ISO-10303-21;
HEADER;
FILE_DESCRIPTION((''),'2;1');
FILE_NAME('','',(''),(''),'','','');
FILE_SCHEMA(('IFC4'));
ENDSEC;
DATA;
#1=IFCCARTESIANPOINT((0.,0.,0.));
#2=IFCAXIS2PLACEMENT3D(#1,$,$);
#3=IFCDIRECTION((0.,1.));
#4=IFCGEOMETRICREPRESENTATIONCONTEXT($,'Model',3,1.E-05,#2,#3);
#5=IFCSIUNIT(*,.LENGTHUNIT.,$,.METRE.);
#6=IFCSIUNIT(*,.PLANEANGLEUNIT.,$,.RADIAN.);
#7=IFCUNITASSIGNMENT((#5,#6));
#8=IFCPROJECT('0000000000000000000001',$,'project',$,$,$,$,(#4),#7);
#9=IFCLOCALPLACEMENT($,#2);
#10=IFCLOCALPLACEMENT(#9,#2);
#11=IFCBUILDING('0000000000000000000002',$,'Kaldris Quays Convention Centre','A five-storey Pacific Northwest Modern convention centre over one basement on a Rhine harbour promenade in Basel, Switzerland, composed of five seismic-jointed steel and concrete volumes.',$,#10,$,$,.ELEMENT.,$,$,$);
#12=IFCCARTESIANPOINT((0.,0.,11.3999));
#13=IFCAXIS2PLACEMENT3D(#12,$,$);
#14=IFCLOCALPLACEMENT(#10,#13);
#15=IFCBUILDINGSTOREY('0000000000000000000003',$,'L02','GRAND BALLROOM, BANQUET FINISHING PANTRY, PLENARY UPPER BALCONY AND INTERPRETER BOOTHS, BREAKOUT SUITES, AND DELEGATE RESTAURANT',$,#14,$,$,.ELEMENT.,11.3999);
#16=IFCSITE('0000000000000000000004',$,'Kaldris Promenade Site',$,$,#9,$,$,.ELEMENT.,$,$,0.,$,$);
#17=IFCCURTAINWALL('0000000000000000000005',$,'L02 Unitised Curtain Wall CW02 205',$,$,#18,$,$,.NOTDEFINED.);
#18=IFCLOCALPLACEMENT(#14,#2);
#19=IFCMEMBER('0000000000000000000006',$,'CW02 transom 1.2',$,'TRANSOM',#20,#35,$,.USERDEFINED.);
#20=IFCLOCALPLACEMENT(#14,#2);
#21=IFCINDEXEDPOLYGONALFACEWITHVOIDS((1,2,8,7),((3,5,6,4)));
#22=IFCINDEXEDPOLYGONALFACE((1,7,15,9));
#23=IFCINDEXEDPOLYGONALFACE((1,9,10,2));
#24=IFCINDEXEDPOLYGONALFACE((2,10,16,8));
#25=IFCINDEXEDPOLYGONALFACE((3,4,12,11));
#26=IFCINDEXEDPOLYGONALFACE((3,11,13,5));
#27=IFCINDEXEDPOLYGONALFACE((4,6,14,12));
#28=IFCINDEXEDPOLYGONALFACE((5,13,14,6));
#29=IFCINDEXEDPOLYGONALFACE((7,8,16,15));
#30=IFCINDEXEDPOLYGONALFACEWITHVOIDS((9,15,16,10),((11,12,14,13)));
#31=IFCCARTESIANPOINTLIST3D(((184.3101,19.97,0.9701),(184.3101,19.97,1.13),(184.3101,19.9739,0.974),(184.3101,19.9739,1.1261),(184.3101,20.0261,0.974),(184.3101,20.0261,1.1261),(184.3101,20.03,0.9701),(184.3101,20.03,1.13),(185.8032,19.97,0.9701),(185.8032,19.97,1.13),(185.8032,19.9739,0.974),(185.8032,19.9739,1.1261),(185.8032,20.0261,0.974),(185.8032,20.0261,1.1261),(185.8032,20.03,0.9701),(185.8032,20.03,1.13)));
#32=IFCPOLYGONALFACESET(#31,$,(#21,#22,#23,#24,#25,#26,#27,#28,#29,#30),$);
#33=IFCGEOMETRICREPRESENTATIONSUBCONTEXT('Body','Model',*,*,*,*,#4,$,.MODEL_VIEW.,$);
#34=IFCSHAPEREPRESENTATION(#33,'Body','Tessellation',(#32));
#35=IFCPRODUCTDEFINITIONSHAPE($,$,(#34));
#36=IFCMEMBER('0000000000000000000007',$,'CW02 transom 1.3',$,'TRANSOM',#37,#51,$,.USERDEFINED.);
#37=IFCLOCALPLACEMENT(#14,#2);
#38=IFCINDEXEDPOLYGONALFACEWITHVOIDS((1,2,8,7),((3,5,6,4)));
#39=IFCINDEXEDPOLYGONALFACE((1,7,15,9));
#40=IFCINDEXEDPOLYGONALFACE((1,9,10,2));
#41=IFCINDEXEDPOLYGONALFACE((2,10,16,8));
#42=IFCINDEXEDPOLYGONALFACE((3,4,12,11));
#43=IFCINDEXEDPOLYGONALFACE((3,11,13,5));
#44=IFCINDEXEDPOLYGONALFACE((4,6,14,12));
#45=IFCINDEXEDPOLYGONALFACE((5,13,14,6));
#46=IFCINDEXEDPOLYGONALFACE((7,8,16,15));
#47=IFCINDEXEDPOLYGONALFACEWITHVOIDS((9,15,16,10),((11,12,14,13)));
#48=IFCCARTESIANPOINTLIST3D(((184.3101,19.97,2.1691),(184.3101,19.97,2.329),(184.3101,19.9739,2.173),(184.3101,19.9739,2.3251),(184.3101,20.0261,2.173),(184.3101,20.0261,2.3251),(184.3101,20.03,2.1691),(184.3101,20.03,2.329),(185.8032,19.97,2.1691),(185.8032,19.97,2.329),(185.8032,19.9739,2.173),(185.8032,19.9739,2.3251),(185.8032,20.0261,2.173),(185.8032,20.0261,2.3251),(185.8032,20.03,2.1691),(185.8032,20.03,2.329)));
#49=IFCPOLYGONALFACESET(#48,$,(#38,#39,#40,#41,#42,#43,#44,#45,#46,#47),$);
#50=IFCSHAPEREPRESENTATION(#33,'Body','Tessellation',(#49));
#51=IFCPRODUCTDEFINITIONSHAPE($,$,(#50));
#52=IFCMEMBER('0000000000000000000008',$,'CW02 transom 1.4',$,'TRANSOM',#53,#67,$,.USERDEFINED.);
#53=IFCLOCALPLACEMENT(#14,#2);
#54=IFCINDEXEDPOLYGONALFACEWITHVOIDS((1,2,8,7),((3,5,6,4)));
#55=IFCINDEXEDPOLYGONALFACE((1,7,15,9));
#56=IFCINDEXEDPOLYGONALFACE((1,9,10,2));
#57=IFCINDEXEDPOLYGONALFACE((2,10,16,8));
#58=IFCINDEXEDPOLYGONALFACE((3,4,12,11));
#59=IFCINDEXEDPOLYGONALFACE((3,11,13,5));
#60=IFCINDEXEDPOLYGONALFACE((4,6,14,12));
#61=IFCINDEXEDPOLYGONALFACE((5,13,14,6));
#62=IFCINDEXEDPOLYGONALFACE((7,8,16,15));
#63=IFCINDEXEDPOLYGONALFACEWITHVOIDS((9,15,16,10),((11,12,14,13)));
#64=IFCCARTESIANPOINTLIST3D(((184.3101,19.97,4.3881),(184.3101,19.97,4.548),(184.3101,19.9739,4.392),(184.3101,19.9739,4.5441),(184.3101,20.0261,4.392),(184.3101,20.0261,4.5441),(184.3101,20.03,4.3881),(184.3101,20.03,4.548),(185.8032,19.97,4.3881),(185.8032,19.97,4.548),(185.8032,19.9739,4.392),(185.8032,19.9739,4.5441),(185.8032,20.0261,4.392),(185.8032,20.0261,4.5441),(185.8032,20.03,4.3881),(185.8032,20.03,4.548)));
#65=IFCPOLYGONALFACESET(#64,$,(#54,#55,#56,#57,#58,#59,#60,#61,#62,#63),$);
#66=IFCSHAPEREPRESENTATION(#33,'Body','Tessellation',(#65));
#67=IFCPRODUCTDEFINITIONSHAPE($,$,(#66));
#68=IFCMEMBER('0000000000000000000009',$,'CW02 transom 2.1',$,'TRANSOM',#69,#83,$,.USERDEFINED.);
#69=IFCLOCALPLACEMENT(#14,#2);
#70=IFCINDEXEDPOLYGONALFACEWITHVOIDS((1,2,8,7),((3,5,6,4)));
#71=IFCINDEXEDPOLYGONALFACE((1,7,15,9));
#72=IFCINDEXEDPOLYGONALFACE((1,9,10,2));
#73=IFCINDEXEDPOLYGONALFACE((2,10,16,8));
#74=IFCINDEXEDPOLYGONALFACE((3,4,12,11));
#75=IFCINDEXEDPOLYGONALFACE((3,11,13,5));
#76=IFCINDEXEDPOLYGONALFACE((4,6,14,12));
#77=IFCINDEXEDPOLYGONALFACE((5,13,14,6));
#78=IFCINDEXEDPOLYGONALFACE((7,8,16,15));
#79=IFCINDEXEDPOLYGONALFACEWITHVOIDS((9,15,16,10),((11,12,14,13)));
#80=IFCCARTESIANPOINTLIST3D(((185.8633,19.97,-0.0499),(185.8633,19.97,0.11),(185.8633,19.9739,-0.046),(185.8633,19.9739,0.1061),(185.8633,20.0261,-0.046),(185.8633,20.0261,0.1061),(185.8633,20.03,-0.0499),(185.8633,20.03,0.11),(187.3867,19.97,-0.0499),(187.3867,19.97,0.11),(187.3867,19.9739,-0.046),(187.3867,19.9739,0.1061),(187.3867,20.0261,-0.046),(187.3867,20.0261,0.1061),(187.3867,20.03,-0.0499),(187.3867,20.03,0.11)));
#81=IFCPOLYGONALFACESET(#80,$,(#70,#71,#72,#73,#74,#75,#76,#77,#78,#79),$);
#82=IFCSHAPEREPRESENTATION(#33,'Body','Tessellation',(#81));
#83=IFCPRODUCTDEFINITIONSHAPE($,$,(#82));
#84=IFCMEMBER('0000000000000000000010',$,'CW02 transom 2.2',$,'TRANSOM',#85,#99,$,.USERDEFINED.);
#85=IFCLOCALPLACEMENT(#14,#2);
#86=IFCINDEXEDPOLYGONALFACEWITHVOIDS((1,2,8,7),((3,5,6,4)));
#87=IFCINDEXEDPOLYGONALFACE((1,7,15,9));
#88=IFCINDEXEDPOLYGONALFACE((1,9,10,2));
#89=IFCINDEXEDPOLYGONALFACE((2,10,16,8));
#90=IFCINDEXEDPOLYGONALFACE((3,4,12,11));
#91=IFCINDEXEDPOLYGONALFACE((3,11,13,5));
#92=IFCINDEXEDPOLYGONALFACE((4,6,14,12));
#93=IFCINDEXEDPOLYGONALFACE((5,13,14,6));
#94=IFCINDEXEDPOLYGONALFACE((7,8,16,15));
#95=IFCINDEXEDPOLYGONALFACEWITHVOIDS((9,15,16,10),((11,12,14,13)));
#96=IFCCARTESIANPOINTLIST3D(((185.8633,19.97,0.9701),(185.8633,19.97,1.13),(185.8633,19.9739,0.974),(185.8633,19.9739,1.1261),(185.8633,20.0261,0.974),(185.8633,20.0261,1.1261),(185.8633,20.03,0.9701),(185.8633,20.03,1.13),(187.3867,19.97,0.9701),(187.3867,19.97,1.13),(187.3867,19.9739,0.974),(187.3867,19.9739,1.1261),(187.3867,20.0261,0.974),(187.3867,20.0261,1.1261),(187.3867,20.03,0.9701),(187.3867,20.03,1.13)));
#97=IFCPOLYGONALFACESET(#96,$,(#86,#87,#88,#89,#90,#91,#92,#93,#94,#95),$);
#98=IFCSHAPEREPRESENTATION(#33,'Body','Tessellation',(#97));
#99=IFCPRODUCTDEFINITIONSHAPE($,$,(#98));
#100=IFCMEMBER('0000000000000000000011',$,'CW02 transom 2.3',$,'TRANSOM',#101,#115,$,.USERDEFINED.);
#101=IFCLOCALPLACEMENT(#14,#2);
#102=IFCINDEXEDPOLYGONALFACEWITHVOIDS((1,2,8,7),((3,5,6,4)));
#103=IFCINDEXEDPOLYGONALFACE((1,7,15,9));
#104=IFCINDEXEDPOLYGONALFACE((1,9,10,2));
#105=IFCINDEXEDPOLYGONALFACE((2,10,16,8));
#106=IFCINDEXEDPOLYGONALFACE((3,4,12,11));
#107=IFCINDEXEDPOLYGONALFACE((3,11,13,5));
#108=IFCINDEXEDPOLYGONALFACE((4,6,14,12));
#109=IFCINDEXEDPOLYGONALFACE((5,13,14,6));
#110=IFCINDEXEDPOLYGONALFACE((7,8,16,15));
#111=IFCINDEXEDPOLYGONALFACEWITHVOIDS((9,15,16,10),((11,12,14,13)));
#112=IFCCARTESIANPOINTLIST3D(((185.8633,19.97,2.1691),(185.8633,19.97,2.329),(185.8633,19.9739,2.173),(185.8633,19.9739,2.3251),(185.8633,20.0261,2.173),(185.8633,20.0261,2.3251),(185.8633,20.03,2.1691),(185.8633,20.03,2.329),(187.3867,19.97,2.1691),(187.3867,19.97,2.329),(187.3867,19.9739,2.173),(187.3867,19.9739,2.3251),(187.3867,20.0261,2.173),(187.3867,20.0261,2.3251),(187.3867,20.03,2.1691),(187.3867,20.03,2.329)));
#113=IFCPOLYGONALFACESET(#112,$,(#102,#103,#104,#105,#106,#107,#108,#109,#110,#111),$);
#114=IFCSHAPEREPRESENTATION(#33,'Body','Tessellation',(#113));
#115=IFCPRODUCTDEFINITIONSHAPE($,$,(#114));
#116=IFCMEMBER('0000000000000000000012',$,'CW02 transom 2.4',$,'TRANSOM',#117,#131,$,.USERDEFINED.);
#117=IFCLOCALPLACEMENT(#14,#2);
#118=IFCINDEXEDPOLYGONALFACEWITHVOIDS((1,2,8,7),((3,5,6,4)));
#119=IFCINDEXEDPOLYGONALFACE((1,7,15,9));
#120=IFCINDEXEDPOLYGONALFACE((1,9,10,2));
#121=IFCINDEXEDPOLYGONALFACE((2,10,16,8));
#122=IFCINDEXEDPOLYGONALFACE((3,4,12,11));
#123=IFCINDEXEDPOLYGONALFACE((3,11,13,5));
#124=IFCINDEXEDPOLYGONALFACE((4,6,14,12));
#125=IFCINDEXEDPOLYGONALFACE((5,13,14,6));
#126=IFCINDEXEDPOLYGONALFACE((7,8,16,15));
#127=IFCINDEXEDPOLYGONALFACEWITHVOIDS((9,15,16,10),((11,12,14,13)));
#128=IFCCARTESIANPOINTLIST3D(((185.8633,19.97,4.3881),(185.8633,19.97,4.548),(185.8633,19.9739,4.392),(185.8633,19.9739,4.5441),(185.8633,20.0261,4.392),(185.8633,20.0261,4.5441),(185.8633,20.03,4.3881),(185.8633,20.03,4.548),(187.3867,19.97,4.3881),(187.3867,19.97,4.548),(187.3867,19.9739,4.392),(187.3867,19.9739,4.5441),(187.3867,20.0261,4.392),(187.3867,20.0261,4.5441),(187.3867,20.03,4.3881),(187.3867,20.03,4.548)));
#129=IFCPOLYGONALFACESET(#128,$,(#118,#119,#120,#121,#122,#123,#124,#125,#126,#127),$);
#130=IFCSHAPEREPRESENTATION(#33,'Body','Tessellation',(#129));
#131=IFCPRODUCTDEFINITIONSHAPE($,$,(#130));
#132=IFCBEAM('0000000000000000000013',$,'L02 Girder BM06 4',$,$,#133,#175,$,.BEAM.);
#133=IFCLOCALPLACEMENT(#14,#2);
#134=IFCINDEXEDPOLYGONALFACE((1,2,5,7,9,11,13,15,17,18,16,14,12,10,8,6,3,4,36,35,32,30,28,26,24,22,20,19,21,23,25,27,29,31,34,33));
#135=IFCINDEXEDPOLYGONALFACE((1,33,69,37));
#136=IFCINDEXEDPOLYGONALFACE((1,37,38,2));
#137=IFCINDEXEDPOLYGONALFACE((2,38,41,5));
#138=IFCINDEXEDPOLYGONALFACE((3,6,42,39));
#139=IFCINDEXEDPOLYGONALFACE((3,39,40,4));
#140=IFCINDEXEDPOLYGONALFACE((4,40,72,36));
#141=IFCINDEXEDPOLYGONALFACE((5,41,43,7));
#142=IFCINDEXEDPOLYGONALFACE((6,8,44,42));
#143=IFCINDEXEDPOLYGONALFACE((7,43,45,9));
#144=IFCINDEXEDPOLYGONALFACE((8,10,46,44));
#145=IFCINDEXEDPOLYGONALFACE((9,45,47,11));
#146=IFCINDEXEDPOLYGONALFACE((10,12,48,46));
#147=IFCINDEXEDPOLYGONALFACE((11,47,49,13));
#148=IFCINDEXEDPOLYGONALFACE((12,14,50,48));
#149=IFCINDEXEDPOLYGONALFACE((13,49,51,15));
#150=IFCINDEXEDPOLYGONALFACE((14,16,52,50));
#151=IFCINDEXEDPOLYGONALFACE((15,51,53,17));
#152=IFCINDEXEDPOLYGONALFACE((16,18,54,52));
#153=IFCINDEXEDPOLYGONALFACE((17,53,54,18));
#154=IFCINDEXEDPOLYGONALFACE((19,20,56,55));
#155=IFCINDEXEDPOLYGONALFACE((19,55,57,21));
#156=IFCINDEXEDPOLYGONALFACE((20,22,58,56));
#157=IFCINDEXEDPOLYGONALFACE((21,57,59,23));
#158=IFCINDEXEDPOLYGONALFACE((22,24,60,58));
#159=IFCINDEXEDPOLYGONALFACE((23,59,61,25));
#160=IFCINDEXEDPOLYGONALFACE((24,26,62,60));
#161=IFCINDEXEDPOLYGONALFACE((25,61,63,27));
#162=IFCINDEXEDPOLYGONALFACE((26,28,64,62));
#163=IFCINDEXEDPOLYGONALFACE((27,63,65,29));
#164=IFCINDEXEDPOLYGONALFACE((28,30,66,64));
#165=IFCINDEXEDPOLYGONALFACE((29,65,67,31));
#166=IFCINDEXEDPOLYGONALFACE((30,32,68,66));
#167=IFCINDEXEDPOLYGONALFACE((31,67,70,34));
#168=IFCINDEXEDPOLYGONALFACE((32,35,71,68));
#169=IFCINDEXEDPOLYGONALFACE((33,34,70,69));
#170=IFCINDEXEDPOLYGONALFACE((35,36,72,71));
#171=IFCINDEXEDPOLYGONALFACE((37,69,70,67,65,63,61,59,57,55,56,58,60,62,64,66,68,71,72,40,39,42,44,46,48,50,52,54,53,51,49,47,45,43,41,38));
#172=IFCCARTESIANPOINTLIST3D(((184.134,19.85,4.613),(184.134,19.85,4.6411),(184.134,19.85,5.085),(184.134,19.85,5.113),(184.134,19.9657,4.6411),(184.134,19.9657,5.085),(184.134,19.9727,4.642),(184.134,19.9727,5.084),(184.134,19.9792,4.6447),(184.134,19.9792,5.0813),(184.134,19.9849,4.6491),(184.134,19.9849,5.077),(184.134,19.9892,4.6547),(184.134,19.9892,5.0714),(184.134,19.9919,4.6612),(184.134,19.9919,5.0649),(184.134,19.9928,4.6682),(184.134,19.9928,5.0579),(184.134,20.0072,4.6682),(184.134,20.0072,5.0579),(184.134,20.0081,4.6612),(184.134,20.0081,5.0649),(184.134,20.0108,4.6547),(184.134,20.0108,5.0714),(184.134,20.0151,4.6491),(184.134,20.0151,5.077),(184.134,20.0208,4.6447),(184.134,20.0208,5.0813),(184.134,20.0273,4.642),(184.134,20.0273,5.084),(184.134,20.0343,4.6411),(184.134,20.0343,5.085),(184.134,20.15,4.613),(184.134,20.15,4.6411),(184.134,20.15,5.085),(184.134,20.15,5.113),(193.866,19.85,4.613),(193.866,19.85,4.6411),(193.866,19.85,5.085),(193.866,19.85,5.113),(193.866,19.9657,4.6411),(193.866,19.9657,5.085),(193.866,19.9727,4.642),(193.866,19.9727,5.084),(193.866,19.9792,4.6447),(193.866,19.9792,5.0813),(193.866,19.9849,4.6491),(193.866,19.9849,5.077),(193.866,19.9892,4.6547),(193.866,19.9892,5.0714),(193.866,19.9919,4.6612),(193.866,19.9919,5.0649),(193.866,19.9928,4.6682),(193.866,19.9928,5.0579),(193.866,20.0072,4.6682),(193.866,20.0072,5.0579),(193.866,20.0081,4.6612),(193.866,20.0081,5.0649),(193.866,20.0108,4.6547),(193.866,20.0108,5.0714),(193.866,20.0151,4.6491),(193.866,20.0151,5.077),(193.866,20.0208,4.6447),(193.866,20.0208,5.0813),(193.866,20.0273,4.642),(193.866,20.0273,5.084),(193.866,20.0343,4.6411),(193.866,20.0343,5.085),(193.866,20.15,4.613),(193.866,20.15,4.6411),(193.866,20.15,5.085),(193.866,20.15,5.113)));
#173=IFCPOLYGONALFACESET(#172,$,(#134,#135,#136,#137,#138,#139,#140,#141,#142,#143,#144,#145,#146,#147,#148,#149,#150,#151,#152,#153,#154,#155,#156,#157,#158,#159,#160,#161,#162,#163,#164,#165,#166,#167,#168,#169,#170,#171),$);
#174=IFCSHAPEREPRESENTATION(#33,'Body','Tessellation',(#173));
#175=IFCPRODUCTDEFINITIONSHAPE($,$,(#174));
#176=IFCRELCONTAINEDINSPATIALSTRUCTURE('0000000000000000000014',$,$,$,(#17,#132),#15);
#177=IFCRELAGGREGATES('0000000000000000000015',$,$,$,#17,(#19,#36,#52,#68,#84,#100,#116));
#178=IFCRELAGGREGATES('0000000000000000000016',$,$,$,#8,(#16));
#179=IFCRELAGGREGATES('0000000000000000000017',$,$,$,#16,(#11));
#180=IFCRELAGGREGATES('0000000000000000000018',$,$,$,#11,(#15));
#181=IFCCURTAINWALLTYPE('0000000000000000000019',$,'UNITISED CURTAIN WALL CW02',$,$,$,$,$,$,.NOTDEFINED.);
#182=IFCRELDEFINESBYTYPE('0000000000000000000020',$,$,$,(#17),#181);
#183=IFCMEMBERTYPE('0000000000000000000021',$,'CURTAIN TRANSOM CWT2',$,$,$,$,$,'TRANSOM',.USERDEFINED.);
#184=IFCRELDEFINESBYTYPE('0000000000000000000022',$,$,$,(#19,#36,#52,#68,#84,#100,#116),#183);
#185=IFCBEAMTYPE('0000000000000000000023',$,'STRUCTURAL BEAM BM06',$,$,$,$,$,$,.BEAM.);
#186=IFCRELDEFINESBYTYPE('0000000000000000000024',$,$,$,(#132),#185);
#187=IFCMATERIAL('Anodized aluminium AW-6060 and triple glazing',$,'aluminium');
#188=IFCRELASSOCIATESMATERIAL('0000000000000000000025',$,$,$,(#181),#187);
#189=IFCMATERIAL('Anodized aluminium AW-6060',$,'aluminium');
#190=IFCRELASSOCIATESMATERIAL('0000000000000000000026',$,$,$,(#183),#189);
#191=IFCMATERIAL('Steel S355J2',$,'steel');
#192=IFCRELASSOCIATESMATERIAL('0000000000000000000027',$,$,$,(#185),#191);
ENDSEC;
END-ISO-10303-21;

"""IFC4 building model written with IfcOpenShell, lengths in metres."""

from ifc_helpers import new_model, si_unit, direction, frame, origin, origin_2d, place, context, subcontext, project, spatial, hollow_rectangle, i_section, extrude, material, material_profile, profile_set, type_object, element, aggregate, save


model = new_model("IFC4")

# Units and contexts
model_context = context("Model", 3, precision=1e-05, world=origin(), true_north=direction((0.0, 1.0)))
body_context = subcontext(model_context, "Body", "Model", "MODEL_VIEW")
ifc_project = project(units=[si_unit("LENGTHUNIT", "METRE"), si_unit("PLANEANGLEUNIT", "RADIAN")], contexts=[model_context])

# Site, building, storey
site_placement = place(None, origin())
site = spatial("IfcSite", under=ifc_project, at=site_placement, Name="Kaldris Promenade Site", CompositionType="ELEMENT", RefElevation=0.0)
building_placement = place(site_placement, origin())
building = spatial("IfcBuilding", under=site, at=building_placement, Name="Kaldris Quays Convention Centre", Description="A five-storey Pacific Northwest Modern convention centre over one basement on a Rhine harbour promenade in Basel, Switzerland, composed of five seismic-jointed steel and concrete volumes.", CompositionType="ELEMENT")
storey_placement = place(building_placement, frame((0.0, 0.0, 11.3999)))
storey = spatial("IfcBuildingStorey", under=building, at=storey_placement, Name="L02", Description="GRAND BALLROOM, BANQUET FINISHING PANTRY, PLENARY UPPER BALCONY AND INTERPRETER BOOTHS, BREAKOUT SUITES, AND DELEGATE RESTAURANT", CompositionType="ELEMENT", Elevation=11.3999)

# Shared definitions
ifc_material_1 = material(Name="Steel S355J2", Category="steel")

# Shared definitions
ifc_material_2 = material(Name="Anodized aluminium AW-6060 and triple glazing", Category="aluminium")
curtain_wall_type = type_object("IfcCurtainWallType", Name="UNITISED CURTAIN WALL CW02", PredefinedType="NOTDEFINED", material=ifc_material_2)
ifc_material_3 = material(Name="Anodized aluminium AW-6060", Category="aluminium")

# Curtain wall, members
curtain_wall_1_placement = place(storey_placement, origin())
curtain_wall_1 = element("IfcCurtainWall", 1, at=curtain_wall_1_placement, inside=storey, type_object=curtain_wall_type, Name="L02 Unitised Curtain Wall CW02 205", PredefinedType="NOTDEFINED")
ifc_material_profile_1 = material_profile(ifc_material_3, hollow_rectangle(XDim=0.0601, YDim=0.1599, WallThickness=0.0039, at=origin_2d()), Name="RHS 160x60x4")
ifc_profile_set_1 = profile_set([ifc_material_profile_1], Name="Anodized aluminium AW-6060")
member_type_1 = type_object("IfcMemberType", Name="CURTAIN TRANSOM CWT2", ElementType="TRANSOM", PredefinedType="USERDEFINED", material=ifc_profile_set_1)
member_1_placement = place(storey_placement, frame((184.3101, 20.0, 1.05), z_axis=(1.0, 0.0, 0.0), x_axis=(0.0, 1.0, 0.0)))
member_1 = element("IfcMember", 2, at=member_1_placement, type_object=member_type_1, Name="CW02 transom 1.2", ObjectType="TRANSOM", PredefinedType="USERDEFINED", context=body_context, shape_type="SweptSolid", body=[
    extrude(hollow_rectangle(XDim=0.0601, YDim=0.1599, WallThickness=0.0039, at=origin_2d()), origin(), (0.0, 0.0, 1.0), 1.4932),
])
member_2_placement = place(storey_placement, frame((184.3101, 20.0, 2.249), z_axis=(1.0, 0.0, 0.0), x_axis=(0.0, 1.0, 0.0)))
member_2 = element("IfcMember", 3, at=member_2_placement, type_object=member_type_1, Name="CW02 transom 1.3", ObjectType="TRANSOM", PredefinedType="USERDEFINED", context=body_context, shape_type="SweptSolid", body=[
    extrude(hollow_rectangle(XDim=0.0601, YDim=0.1599, WallThickness=0.0039, at=origin_2d()), origin(), (0.0, 0.0, 1.0), 1.4932),
])
member_3_placement = place(storey_placement, frame((184.3101, 20.0, 4.468), z_axis=(1.0, 0.0, 0.0), x_axis=(0.0, 1.0, 0.0)))
member_3 = element("IfcMember", 4, at=member_3_placement, type_object=member_type_1, Name="CW02 transom 1.4", ObjectType="TRANSOM", PredefinedType="USERDEFINED", context=body_context, shape_type="SweptSolid", body=[
    extrude(hollow_rectangle(XDim=0.0601, YDim=0.1599, WallThickness=0.0039, at=origin_2d()), origin(), (0.0, 0.0, 1.0), 1.4932),
])
member_4_placement = place(storey_placement, frame((185.8633, 20.0, 0.03), z_axis=(1.0, 0.0, 0.0), x_axis=(0.0, 1.0, 0.0)))
member_4 = element("IfcMember", 5, at=member_4_placement, type_object=member_type_1, Name="CW02 transom 2.1", ObjectType="TRANSOM", PredefinedType="USERDEFINED", context=body_context, shape_type="SweptSolid", body=[
    extrude(hollow_rectangle(XDim=0.0601, YDim=0.1599, WallThickness=0.0039, at=origin_2d()), origin(), (0.0, 0.0, 1.0), 1.5234),
])
member_5_placement = place(storey_placement, frame((185.8633, 20.0, 1.05), z_axis=(1.0, 0.0, 0.0), x_axis=(0.0, 1.0, 0.0)))
member_5 = element("IfcMember", 6, at=member_5_placement, type_object=member_type_1, Name="CW02 transom 2.2", ObjectType="TRANSOM", PredefinedType="USERDEFINED", context=body_context, shape_type="SweptSolid", body=[
    extrude(hollow_rectangle(XDim=0.0601, YDim=0.1599, WallThickness=0.0039, at=origin_2d()), origin(), (0.0, 0.0, 1.0), 1.5234),
])
member_6_placement = place(storey_placement, frame((185.8633, 20.0, 2.249), z_axis=(1.0, 0.0, 0.0), x_axis=(0.0, 1.0, 0.0)))
member_6 = element("IfcMember", 7, at=member_6_placement, type_object=member_type_1, Name="CW02 transom 2.3", ObjectType="TRANSOM", PredefinedType="USERDEFINED", context=body_context, shape_type="SweptSolid", body=[
    extrude(hollow_rectangle(XDim=0.0601, YDim=0.1599, WallThickness=0.0039, at=origin_2d()), origin(), (0.0, 0.0, 1.0), 1.5234),
])
member_7_placement = place(storey_placement, frame((185.8633, 20.0, 4.468), z_axis=(1.0, 0.0, 0.0), x_axis=(0.0, 1.0, 0.0)))
member_7 = element("IfcMember", 8, at=member_7_placement, type_object=member_type_1, Name="CW02 transom 2.4", ObjectType="TRANSOM", PredefinedType="USERDEFINED", context=body_context, shape_type="SweptSolid", body=[
    extrude(hollow_rectangle(XDim=0.0601, YDim=0.1599, WallThickness=0.0039, at=origin_2d()), origin(), (0.0, 0.0, 1.0), 1.5234),
])

# Beam
ifc_material_profile_2 = material_profile(ifc_material_1, i_section(OverallWidth=0.3, OverallDepth=0.5, WebThickness=0.0144, FlangeThickness=0.0281, FilletRadius=0.0271, at=origin_2d()), Name="HEB 500")
ifc_profile_set_2 = profile_set([ifc_material_profile_2], Name="Steel S355J2")
beam_type_1 = type_object("IfcBeamType", Name="STRUCTURAL BEAM BM06", PredefinedType="BEAM", material=ifc_profile_set_2)
for number, where, z_axis, x_axis, name in (
    (9, (184.134, 20.0, 4.863), (1.0, 0.0, 0.0), (0.0, 1.0, 0.0), "L02 Girder BM06 4"),
):
    element("IfcBeam", number, at=place(storey_placement, frame(where, z_axis=z_axis, x_axis=x_axis)), inside=storey, type_object=beam_type_1, Name=name, PredefinedType="BEAM", context=body_context, shape_type="SweptSolid", body=[
        extrude(i_section(OverallWidth=0.3, OverallDepth=0.5, WebThickness=0.0144, FlangeThickness=0.0281, FilletRadius=0.0271, at=origin_2d()), origin(), (0.0, 0.0, 1.0), 9.7319),
    ])

aggregate(curtain_wall_1, [member_1, member_2, member_3, member_4, member_5, member_6, member_7])

save(model, "model.ifc")
